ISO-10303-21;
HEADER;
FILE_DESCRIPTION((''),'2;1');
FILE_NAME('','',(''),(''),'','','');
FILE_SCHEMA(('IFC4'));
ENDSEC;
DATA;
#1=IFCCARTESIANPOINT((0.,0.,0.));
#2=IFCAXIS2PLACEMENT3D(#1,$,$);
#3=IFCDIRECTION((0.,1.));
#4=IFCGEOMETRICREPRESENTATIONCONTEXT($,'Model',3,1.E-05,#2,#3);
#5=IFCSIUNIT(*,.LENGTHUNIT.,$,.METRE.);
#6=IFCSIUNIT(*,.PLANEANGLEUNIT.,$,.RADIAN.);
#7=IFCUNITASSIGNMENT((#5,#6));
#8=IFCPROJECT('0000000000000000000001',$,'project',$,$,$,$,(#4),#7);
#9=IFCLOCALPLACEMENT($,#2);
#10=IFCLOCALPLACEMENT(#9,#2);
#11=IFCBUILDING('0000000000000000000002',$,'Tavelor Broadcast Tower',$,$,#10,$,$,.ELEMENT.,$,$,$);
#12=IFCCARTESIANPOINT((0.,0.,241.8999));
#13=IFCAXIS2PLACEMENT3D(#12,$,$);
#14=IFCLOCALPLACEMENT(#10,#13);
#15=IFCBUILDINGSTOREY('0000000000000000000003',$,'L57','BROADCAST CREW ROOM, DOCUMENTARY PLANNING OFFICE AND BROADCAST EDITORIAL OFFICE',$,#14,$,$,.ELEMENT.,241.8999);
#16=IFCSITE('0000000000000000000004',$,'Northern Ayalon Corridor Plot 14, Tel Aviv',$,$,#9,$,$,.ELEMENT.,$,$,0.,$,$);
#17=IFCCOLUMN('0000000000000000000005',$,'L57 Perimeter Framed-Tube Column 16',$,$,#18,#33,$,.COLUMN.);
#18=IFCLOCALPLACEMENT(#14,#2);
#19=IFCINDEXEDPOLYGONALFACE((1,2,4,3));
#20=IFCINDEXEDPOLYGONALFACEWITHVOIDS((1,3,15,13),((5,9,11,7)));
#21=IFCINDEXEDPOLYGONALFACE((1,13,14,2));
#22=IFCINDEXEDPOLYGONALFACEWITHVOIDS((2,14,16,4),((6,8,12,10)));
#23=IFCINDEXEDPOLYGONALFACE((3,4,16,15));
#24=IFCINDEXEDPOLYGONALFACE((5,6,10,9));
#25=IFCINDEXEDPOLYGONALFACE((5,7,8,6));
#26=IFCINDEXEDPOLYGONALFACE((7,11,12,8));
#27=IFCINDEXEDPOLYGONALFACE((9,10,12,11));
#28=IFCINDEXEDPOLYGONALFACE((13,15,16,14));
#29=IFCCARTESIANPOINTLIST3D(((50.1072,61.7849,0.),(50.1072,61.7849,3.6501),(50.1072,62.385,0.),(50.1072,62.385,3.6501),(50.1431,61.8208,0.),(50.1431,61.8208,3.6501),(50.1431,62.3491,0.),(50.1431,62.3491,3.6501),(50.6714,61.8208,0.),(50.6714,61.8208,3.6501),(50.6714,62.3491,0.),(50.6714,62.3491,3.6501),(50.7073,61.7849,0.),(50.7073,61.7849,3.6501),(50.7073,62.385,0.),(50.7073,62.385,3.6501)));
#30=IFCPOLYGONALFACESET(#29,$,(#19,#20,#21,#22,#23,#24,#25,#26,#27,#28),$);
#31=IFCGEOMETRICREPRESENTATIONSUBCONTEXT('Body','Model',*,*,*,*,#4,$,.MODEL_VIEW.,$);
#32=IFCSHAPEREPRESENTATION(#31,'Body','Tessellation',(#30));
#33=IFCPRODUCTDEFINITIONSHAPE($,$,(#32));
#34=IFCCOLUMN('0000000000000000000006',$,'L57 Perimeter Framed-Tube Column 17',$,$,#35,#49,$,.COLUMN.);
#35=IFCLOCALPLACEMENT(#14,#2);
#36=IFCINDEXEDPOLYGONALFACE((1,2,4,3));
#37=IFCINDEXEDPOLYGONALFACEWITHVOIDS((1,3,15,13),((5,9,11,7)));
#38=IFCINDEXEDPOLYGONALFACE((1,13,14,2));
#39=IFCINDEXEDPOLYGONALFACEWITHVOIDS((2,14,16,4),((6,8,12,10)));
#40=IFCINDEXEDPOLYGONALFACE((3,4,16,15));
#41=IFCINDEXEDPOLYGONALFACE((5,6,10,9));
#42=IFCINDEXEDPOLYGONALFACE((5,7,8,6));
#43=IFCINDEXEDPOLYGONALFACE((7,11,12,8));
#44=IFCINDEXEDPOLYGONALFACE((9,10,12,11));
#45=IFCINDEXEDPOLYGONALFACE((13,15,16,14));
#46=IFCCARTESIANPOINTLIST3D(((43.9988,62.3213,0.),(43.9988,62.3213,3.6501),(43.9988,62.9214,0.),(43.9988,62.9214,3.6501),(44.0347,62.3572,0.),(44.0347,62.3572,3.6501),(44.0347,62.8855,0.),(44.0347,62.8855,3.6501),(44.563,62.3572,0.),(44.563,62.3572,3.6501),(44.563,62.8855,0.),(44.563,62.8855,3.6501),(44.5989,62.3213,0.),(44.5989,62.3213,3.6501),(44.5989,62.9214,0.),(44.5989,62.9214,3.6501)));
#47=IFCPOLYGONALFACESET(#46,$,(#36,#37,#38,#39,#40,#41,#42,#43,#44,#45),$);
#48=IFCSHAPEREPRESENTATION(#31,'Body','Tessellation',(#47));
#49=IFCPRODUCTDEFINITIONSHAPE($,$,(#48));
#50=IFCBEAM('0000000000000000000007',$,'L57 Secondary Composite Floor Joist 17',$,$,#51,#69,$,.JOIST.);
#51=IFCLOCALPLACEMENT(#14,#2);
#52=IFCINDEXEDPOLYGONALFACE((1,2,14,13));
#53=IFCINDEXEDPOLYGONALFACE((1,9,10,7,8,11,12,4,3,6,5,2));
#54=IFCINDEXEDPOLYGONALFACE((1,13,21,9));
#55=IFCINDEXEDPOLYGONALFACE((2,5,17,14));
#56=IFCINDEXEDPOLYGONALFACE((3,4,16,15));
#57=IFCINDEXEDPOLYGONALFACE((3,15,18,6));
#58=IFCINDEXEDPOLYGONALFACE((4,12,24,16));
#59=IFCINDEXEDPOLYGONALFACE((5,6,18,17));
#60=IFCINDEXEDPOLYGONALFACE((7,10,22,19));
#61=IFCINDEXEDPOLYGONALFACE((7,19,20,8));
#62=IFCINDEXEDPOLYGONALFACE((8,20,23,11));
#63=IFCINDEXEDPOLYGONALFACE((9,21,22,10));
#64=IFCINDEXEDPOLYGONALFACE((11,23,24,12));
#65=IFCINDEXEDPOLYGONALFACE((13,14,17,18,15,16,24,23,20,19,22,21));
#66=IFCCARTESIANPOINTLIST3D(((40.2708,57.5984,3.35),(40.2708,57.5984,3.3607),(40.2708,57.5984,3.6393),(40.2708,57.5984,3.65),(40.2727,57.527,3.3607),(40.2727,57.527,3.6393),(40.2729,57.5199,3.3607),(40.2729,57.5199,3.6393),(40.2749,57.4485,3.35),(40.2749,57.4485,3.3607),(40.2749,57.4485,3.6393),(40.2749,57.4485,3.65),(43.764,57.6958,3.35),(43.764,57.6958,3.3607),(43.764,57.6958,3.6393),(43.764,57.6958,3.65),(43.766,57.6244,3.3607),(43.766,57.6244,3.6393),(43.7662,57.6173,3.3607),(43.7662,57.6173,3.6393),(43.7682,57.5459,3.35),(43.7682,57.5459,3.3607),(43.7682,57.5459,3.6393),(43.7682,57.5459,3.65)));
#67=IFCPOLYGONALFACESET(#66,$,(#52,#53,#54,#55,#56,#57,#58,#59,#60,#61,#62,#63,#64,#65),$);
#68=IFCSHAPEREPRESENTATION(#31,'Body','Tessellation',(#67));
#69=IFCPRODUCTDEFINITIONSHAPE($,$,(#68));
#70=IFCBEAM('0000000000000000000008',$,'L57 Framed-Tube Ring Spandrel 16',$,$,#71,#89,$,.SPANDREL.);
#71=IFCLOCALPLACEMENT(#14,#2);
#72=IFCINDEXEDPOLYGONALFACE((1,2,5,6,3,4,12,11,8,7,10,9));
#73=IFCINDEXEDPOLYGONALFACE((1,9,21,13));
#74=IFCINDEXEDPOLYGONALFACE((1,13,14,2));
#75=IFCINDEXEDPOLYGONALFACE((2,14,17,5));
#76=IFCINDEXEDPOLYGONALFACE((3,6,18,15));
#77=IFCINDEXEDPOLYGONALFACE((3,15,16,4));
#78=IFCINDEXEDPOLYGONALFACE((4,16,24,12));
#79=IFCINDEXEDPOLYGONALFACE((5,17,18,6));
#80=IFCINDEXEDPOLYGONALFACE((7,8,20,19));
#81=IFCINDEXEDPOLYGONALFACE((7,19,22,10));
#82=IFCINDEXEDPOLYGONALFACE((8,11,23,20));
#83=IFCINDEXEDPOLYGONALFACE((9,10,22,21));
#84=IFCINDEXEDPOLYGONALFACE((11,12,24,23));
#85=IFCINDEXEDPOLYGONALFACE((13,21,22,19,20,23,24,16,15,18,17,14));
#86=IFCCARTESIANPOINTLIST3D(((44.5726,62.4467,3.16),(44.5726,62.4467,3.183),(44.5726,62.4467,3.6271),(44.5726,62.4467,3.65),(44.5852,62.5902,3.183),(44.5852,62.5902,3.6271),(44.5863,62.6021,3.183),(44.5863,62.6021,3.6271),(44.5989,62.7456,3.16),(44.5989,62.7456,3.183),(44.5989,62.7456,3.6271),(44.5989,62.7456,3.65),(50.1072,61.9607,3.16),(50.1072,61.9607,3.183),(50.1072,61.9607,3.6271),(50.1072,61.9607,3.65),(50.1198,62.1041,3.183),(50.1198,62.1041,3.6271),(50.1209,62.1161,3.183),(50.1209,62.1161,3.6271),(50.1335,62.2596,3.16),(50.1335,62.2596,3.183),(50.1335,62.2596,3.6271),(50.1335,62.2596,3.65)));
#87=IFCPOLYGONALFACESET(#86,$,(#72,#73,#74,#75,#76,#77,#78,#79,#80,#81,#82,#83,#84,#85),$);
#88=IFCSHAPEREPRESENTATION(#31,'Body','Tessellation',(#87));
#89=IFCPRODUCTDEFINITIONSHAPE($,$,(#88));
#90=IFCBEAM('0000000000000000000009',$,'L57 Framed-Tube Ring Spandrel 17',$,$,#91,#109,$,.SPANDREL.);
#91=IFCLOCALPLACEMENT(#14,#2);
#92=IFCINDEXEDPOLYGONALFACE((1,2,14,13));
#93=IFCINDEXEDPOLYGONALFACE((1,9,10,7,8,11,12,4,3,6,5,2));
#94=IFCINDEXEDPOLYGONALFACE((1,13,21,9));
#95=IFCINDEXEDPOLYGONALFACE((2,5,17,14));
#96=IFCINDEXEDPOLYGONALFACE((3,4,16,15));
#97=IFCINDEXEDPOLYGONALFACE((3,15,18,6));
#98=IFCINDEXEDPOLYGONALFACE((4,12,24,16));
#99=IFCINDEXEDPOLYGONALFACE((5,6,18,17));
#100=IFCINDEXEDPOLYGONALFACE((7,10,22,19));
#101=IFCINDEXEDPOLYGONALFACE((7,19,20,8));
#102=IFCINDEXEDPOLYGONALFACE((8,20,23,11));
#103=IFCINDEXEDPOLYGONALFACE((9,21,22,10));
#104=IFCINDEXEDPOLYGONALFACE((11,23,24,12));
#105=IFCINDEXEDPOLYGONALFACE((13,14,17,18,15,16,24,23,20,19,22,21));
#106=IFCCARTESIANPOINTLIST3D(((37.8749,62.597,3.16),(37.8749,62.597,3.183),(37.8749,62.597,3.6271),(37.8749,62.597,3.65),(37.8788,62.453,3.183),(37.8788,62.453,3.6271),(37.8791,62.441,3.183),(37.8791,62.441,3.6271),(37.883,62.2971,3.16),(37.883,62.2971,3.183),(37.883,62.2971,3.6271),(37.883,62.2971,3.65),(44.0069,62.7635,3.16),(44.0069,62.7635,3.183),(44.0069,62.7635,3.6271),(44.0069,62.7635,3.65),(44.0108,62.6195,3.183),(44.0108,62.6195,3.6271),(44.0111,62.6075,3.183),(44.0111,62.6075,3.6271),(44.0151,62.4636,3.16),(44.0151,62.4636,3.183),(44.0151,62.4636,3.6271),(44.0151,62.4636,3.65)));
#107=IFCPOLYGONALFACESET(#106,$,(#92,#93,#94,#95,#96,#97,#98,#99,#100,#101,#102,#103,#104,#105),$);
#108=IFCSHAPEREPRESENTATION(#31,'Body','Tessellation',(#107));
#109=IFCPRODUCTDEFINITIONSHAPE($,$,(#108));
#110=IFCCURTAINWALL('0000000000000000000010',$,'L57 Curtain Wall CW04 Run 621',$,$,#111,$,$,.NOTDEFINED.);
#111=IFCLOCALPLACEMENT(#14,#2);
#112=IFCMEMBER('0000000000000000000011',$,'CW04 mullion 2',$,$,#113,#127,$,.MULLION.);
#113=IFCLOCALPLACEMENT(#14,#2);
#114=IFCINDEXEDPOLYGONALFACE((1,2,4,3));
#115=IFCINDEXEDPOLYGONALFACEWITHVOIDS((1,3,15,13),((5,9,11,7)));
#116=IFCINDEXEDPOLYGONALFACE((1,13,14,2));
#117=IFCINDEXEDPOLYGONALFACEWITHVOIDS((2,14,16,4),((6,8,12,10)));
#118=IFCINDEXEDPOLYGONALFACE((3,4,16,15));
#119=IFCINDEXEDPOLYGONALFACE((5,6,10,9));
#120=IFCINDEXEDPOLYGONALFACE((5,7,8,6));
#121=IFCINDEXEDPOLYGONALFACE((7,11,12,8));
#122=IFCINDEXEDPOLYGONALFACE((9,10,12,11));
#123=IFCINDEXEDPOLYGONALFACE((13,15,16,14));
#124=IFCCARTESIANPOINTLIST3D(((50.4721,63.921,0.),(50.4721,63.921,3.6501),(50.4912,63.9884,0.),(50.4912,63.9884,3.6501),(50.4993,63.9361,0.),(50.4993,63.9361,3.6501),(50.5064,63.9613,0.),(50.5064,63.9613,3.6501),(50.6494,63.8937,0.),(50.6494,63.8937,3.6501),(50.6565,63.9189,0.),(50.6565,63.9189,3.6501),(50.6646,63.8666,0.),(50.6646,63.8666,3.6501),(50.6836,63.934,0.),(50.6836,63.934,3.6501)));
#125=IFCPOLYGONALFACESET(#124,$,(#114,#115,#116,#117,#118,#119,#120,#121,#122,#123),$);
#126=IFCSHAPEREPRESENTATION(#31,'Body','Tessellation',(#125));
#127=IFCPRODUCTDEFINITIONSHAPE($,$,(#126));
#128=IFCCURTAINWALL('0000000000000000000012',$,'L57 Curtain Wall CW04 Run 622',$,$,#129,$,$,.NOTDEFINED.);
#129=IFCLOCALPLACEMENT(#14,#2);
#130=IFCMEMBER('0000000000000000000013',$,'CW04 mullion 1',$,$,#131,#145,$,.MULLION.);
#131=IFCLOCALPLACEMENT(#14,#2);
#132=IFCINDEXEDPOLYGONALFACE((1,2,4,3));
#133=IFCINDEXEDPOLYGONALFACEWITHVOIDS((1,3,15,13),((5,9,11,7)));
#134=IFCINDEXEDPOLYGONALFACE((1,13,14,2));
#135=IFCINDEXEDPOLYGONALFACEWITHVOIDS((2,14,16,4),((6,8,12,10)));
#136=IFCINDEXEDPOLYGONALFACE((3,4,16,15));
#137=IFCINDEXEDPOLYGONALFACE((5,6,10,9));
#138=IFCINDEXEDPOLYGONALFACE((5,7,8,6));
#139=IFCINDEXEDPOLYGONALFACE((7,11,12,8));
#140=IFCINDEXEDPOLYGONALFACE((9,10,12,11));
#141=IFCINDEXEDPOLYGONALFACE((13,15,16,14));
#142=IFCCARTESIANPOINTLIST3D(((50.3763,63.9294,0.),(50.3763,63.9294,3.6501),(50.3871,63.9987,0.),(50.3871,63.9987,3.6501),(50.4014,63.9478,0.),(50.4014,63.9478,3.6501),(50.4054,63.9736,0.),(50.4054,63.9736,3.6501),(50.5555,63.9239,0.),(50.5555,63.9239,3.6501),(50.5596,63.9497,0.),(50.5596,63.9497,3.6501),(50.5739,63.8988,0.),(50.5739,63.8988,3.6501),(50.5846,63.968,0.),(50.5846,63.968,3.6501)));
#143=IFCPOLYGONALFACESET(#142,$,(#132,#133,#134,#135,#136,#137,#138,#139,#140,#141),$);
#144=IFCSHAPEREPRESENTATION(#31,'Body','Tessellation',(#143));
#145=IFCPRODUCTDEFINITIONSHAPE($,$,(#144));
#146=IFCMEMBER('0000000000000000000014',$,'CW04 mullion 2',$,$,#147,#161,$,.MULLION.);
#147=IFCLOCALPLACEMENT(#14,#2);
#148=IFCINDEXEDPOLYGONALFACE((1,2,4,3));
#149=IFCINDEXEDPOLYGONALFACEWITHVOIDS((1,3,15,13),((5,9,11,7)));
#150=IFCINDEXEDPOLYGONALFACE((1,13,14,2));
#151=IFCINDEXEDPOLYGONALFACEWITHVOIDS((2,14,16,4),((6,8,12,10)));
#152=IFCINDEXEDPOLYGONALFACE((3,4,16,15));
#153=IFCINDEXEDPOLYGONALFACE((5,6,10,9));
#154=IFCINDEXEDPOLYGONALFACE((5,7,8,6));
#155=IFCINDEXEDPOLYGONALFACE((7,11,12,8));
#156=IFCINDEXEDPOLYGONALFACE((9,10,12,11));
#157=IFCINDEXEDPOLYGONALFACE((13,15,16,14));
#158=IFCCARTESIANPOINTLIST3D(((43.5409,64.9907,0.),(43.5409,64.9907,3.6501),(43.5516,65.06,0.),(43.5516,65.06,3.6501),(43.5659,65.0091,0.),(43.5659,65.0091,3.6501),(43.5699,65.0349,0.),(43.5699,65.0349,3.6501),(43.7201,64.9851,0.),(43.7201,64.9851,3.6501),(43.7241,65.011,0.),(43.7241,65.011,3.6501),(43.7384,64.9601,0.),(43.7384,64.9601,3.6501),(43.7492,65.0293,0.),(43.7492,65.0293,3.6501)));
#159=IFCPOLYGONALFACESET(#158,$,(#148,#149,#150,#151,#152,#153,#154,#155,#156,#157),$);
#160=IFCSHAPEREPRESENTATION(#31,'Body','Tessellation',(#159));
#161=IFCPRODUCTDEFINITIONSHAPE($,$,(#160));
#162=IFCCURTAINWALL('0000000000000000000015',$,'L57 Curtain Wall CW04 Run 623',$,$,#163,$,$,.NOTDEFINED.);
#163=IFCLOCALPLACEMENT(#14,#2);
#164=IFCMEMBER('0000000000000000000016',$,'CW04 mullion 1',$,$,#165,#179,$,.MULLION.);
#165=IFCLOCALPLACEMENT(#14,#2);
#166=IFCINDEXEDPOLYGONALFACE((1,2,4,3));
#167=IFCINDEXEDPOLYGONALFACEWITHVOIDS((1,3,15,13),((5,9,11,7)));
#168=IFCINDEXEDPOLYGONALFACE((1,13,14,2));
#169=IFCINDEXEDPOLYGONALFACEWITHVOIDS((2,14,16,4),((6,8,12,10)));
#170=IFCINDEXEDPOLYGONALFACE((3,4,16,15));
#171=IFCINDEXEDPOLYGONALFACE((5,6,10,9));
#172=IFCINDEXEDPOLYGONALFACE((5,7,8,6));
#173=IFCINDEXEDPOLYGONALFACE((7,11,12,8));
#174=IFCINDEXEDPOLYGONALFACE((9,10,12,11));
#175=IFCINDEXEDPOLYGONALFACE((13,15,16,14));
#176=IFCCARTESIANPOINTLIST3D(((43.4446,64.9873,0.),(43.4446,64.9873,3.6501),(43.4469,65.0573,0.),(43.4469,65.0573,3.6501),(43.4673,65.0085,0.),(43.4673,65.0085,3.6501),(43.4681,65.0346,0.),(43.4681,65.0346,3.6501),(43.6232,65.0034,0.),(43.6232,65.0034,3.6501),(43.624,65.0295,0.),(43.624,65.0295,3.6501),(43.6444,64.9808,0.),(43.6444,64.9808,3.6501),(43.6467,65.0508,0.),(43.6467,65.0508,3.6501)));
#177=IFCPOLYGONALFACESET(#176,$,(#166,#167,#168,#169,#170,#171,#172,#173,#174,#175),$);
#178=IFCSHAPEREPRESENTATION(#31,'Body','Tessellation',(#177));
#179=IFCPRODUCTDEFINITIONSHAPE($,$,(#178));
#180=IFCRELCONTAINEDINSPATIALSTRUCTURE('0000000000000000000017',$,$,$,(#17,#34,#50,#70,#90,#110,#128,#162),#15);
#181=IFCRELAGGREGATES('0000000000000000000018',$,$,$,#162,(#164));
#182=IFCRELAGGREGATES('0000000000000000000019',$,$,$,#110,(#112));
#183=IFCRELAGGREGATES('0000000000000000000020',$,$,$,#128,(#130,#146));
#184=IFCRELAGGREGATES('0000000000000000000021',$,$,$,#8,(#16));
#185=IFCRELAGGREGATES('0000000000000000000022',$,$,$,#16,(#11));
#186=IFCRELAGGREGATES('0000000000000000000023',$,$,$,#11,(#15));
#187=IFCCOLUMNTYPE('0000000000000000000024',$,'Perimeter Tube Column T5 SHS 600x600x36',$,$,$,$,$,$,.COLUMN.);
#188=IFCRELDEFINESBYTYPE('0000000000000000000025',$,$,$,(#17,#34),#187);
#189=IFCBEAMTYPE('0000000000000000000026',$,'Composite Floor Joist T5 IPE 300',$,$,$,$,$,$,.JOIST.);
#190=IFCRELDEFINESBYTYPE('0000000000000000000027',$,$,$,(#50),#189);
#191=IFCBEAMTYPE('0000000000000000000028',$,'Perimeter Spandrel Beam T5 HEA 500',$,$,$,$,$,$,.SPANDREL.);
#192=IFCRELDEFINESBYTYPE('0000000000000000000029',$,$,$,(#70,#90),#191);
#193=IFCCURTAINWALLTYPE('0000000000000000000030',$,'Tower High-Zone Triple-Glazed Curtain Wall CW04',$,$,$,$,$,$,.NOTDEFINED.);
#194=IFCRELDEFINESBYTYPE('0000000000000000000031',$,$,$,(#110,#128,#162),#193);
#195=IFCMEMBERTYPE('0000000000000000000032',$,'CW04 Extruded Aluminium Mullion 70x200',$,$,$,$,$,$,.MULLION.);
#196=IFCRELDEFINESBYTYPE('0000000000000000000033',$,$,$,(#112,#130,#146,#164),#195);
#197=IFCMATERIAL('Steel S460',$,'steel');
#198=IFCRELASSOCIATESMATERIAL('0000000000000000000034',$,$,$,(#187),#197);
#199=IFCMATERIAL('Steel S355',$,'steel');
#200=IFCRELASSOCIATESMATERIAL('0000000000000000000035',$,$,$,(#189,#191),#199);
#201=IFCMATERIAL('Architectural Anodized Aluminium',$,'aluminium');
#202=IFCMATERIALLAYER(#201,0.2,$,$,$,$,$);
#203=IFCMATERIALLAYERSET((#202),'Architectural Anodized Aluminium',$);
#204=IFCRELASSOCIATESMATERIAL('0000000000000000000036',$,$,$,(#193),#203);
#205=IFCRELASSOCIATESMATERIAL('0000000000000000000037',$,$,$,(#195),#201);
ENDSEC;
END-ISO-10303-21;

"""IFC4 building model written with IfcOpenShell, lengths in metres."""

from ifc_helpers import new_model, si_unit, direction, frame, origin, origin_2d, place, context, subcontext, project, spatial, hollow_rectangle, i_section, extrude, source, transform, mapped, material, layer, layer_set, material_profile, profile_set, type_object, type_shapes, element, aggregate, save


model = new_model("IFC4")

# Units and contexts
model_context = context("Model", 3, precision=1e-05, world=origin(), true_north=direction((0.0, 1.0)))
body_context = subcontext(model_context, "Body", "Model", "MODEL_VIEW")
ifc_project = project(units=[si_unit("LENGTHUNIT", "METRE"), si_unit("PLANEANGLEUNIT", "RADIAN")], contexts=[model_context])

# Site, building, storey
site_placement = place(None, origin())
site = spatial("IfcSite", under=ifc_project, at=site_placement, Name="Northern Ayalon Corridor Plot 14, Tel Aviv", CompositionType="ELEMENT", RefElevation=0.0)
building_placement = place(site_placement, origin())
building = spatial("IfcBuilding", under=site, at=building_placement, Name="Tavelor Broadcast Tower", CompositionType="ELEMENT")
storey_placement = place(building_placement, frame((0.0, 0.0, 241.8999)))
storey = spatial("IfcBuildingStorey", under=building, at=storey_placement, Name="L57", Description="BROADCAST CREW ROOM, DOCUMENTARY PLANNING OFFICE AND BROADCAST EDITORIAL OFFICE", CompositionType="ELEMENT", Elevation=241.8999)

# Columns
ifc_material_1 = material(Name="Steel S460", Category="steel")
ifc_material_profile_1 = material_profile(ifc_material_1, hollow_rectangle(XDim=0.6001, YDim=0.6001, WallThickness=0.0359, at=origin_2d()), Name="SHS 600x600x36")
ifc_profile_set_1 = profile_set([ifc_material_profile_1], Name="Steel S460")
column_type = type_object("IfcColumnType", Name="Perimeter Tube Column T5 SHS 600x600x36", PredefinedType="COLUMN", material=ifc_profile_set_1)
for number, where, z_axis, x_axis, name in (
    (1, (50.4072, 62.085, 0.0), (0.0, 0.0, 1.0), (1.0, 0.0, 0.0), "L57 Perimeter Framed-Tube Column 16"),
    (2, (44.2988, 62.6213, 0.0), (0.0, 0.0, 1.0), (1.0, 0.0, 0.0), "L57 Perimeter Framed-Tube Column 17"),
):
    element("IfcColumn", number, at=place(storey_placement, frame(where, z_axis=z_axis, x_axis=x_axis)), inside=storey, type_object=column_type, Name=name, PredefinedType="COLUMN", context=body_context, shape_type="SweptSolid", body=[
        extrude(hollow_rectangle(XDim=0.6001, YDim=0.6001, WallThickness=0.0359, at=origin_2d()), origin(), (0.0, 0.0, 1.0), 3.6501),
    ])

# Beams
ifc_material_2 = material(Name="Steel S355", Category="steel")
ifc_material_profile_2 = material_profile(ifc_material_2, i_section(OverallWidth=0.1499, OverallDepth=0.3, WebThickness=0.0071, FlangeThickness=0.0107, at=origin_2d()), Name="IPE 300")
ifc_profile_set_2 = profile_set([ifc_material_profile_2], Name="Steel S355")
beam_type_1 = type_object("IfcBeamType", Name="Composite Floor Joist T5 IPE 300", PredefinedType="JOIST", material=ifc_profile_set_2)
beam_1_placement = place(storey_placement, frame((43.7661, 57.6208, 3.5), z_axis=(-0.999611, -0.027876, 0.0), x_axis=(0.027876, -0.999611, 0.0)))
element("IfcBeam", 3, at=beam_1_placement, inside=storey, type_object=beam_type_1, Name="L57 Secondary Composite Floor Joist 17", PredefinedType="JOIST", context=body_context, shape_type="SweptSolid", body=[
    extrude(i_section(OverallWidth=0.1499, OverallDepth=0.3, WebThickness=0.0071, FlangeThickness=0.0107, at=origin_2d()), origin(), (0.0, 0.0, 1.0), 3.4946),
])
ifc_material_profile_3 = material_profile(ifc_material_2, i_section(OverallWidth=0.3, OverallDepth=0.49, WebThickness=0.012, FlangeThickness=0.0229, at=origin_2d()), Name="HEA 500")
ifc_profile_set_3 = profile_set([ifc_material_profile_3], Name="Steel S355")
beam_type_2 = type_object("IfcBeamType", Name="Perimeter Spandrel Beam T5 HEA 500", PredefinedType="SPANDREL", material=ifc_profile_set_3)
beam_2_placement = place(storey_placement, frame((50.1204, 62.1101, 3.405), z_axis=(-0.996166, 0.087489, 0.0), x_axis=(-0.087489, -0.996166, 0.0)))
element("IfcBeam", 4, at=beam_2_placement, inside=storey, type_object=beam_type_2, Name="L57 Framed-Tube Ring Spandrel 16", PredefinedType="SPANDREL", context=body_context, shape_type="SweptSolid", body=[
    extrude(i_section(OverallWidth=0.3, OverallDepth=0.49, WebThickness=0.012, FlangeThickness=0.0229, at=origin_2d()), origin(), (0.0, 0.0, 1.0), 5.5559),
])
beam_3_placement = place(storey_placement, frame((44.011, 62.6135, 3.405), z_axis=(-0.999632, -0.027143, 0.0), x_axis=(0.027143, -0.999632, 0.0)))
element("IfcBeam", 5, at=beam_3_placement, inside=storey, type_object=beam_type_2, Name="L57 Framed-Tube Ring Spandrel 17", PredefinedType="SPANDREL", context=body_context, shape_type="SweptSolid", body=[
    extrude(i_section(OverallWidth=0.3, OverallDepth=0.49, WebThickness=0.012, FlangeThickness=0.0229, at=origin_2d()), origin(), (0.0, 0.0, 1.0), 6.1343),
])

# Curtain wall, member
ifc_material_3 = material(Name="Architectural Anodized Aluminium", Category="aluminium")
ifc_layer_1 = layer(ifc_material_3, 0.2)
ifc_layer_set_1 = layer_set([ifc_layer_1], Name="Architectural Anodized Aluminium")
curtain_wall_type = type_object("IfcCurtainWallType", Name="Tower High-Zone Triple-Glazed Curtain Wall CW04", PredefinedType="NOTDEFINED", material=ifc_layer_set_1)
curtain_wall_1_placement = place(storey_placement, origin())
curtain_wall_1 = element("IfcCurtainWall", 6, at=curtain_wall_1_placement, inside=storey, type_object=curtain_wall_type, Name="L57 Curtain Wall CW04 Run 621", PredefinedType="NOTDEFINED")
ifc_material_profile_4 = material_profile(ifc_material_3, hollow_rectangle(XDim=0.0701, YDim=0.2, WallThickness=0.022, at=origin_2d()), Name="RHS 70x200x22")
ifc_profile_set_4 = profile_set([ifc_material_profile_4], Name="Architectural Anodized Aluminium")
member_type_1 = type_object("IfcMemberType", Name="CW04 Extruded Aluminium Mullion 70x200", PredefinedType="MULLION", material=ifc_profile_set_4)
shared_shape_1 = source(origin(), body_context, "Body", "SweptSolid", [
    extrude(hollow_rectangle(XDim=0.0701, YDim=0.2, WallThickness=0.022, at=origin_2d()), origin(), (0.0, 0.0, 1.0), 3.6501),
])
type_shapes(member_type_1, [shared_shape_1])
member_1_placement = place(storey_placement, frame((50.5779, 63.9275, 0.0), z_axis=(0.0, 0.0, 1.0), x_axis=(-0.271874, -0.962333, 0.0)))
member_1 = element("IfcMember", 7, at=member_1_placement, type_object=member_type_1, Name="CW04 mullion 2", PredefinedType="MULLION", context=body_context, shape_type="MappedRepresentation", body=[
    mapped(shared_shape_1, transform((0.0, 0.0, 0.0), scale=1.0)),
])

# Curtain wall, members
curtain_wall_2_placement = place(storey_placement, origin())
curtain_wall_2 = element("IfcCurtainWall", 8, at=curtain_wall_2_placement, inside=storey, type_object=curtain_wall_type, Name="L57 Curtain Wall CW04 Run 622", PredefinedType="NOTDEFINED")
member_2_placement = place(storey_placement, frame((50.4805, 63.9487, 0.0), z_axis=(0.0, 0.0, 1.0), x_axis=(-0.153409, -0.988163, 0.0)))
member_2 = element("IfcMember", 9, at=member_2_placement, type_object=member_type_1, Name="CW04 mullion 1", PredefinedType="MULLION", context=body_context, shape_type="MappedRepresentation", body=[
    mapped(shared_shape_1, transform((0.0, 0.0, 0.0), scale=1.0)),
])
member_3_placement = place(storey_placement, frame((43.645, 65.01, 0.0), z_axis=(0.0, 0.0, 1.0), x_axis=(-0.153409, -0.988163, 0.0)))
member_3 = element("IfcMember", 10, at=member_3_placement, type_object=member_type_1, Name="CW04 mullion 2", PredefinedType="MULLION", context=body_context, shape_type="MappedRepresentation", body=[
    mapped(shared_shape_1, transform((0.0, 0.0, 0.0), scale=1.0)),
])

# Curtain wall, member
curtain_wall_3_placement = place(storey_placement, origin())
curtain_wall_3 = element("IfcCurtainWall", 11, at=curtain_wall_3_placement, inside=storey, type_object=curtain_wall_type, Name="L57 Curtain Wall CW04 Run 623", PredefinedType="NOTDEFINED")
member_4_placement = place(storey_placement, frame((43.5457, 65.019, 0.0), z_axis=(0.0, 0.0, 1.0), x_axis=(-0.032703, -0.999465, 0.0)))
member_4 = element("IfcMember", 12, at=member_4_placement, type_object=member_type_1, Name="CW04 mullion 1", PredefinedType="MULLION", context=body_context, shape_type="MappedRepresentation", body=[
    mapped(shared_shape_1, transform((0.0, 0.0, 0.0), scale=1.0)),
])

aggregate(curtain_wall_3, [member_4])

aggregate(curtain_wall_1, [member_1])
aggregate(curtain_wall_2, [member_2, member_3])

save(model, "model.ifc")
